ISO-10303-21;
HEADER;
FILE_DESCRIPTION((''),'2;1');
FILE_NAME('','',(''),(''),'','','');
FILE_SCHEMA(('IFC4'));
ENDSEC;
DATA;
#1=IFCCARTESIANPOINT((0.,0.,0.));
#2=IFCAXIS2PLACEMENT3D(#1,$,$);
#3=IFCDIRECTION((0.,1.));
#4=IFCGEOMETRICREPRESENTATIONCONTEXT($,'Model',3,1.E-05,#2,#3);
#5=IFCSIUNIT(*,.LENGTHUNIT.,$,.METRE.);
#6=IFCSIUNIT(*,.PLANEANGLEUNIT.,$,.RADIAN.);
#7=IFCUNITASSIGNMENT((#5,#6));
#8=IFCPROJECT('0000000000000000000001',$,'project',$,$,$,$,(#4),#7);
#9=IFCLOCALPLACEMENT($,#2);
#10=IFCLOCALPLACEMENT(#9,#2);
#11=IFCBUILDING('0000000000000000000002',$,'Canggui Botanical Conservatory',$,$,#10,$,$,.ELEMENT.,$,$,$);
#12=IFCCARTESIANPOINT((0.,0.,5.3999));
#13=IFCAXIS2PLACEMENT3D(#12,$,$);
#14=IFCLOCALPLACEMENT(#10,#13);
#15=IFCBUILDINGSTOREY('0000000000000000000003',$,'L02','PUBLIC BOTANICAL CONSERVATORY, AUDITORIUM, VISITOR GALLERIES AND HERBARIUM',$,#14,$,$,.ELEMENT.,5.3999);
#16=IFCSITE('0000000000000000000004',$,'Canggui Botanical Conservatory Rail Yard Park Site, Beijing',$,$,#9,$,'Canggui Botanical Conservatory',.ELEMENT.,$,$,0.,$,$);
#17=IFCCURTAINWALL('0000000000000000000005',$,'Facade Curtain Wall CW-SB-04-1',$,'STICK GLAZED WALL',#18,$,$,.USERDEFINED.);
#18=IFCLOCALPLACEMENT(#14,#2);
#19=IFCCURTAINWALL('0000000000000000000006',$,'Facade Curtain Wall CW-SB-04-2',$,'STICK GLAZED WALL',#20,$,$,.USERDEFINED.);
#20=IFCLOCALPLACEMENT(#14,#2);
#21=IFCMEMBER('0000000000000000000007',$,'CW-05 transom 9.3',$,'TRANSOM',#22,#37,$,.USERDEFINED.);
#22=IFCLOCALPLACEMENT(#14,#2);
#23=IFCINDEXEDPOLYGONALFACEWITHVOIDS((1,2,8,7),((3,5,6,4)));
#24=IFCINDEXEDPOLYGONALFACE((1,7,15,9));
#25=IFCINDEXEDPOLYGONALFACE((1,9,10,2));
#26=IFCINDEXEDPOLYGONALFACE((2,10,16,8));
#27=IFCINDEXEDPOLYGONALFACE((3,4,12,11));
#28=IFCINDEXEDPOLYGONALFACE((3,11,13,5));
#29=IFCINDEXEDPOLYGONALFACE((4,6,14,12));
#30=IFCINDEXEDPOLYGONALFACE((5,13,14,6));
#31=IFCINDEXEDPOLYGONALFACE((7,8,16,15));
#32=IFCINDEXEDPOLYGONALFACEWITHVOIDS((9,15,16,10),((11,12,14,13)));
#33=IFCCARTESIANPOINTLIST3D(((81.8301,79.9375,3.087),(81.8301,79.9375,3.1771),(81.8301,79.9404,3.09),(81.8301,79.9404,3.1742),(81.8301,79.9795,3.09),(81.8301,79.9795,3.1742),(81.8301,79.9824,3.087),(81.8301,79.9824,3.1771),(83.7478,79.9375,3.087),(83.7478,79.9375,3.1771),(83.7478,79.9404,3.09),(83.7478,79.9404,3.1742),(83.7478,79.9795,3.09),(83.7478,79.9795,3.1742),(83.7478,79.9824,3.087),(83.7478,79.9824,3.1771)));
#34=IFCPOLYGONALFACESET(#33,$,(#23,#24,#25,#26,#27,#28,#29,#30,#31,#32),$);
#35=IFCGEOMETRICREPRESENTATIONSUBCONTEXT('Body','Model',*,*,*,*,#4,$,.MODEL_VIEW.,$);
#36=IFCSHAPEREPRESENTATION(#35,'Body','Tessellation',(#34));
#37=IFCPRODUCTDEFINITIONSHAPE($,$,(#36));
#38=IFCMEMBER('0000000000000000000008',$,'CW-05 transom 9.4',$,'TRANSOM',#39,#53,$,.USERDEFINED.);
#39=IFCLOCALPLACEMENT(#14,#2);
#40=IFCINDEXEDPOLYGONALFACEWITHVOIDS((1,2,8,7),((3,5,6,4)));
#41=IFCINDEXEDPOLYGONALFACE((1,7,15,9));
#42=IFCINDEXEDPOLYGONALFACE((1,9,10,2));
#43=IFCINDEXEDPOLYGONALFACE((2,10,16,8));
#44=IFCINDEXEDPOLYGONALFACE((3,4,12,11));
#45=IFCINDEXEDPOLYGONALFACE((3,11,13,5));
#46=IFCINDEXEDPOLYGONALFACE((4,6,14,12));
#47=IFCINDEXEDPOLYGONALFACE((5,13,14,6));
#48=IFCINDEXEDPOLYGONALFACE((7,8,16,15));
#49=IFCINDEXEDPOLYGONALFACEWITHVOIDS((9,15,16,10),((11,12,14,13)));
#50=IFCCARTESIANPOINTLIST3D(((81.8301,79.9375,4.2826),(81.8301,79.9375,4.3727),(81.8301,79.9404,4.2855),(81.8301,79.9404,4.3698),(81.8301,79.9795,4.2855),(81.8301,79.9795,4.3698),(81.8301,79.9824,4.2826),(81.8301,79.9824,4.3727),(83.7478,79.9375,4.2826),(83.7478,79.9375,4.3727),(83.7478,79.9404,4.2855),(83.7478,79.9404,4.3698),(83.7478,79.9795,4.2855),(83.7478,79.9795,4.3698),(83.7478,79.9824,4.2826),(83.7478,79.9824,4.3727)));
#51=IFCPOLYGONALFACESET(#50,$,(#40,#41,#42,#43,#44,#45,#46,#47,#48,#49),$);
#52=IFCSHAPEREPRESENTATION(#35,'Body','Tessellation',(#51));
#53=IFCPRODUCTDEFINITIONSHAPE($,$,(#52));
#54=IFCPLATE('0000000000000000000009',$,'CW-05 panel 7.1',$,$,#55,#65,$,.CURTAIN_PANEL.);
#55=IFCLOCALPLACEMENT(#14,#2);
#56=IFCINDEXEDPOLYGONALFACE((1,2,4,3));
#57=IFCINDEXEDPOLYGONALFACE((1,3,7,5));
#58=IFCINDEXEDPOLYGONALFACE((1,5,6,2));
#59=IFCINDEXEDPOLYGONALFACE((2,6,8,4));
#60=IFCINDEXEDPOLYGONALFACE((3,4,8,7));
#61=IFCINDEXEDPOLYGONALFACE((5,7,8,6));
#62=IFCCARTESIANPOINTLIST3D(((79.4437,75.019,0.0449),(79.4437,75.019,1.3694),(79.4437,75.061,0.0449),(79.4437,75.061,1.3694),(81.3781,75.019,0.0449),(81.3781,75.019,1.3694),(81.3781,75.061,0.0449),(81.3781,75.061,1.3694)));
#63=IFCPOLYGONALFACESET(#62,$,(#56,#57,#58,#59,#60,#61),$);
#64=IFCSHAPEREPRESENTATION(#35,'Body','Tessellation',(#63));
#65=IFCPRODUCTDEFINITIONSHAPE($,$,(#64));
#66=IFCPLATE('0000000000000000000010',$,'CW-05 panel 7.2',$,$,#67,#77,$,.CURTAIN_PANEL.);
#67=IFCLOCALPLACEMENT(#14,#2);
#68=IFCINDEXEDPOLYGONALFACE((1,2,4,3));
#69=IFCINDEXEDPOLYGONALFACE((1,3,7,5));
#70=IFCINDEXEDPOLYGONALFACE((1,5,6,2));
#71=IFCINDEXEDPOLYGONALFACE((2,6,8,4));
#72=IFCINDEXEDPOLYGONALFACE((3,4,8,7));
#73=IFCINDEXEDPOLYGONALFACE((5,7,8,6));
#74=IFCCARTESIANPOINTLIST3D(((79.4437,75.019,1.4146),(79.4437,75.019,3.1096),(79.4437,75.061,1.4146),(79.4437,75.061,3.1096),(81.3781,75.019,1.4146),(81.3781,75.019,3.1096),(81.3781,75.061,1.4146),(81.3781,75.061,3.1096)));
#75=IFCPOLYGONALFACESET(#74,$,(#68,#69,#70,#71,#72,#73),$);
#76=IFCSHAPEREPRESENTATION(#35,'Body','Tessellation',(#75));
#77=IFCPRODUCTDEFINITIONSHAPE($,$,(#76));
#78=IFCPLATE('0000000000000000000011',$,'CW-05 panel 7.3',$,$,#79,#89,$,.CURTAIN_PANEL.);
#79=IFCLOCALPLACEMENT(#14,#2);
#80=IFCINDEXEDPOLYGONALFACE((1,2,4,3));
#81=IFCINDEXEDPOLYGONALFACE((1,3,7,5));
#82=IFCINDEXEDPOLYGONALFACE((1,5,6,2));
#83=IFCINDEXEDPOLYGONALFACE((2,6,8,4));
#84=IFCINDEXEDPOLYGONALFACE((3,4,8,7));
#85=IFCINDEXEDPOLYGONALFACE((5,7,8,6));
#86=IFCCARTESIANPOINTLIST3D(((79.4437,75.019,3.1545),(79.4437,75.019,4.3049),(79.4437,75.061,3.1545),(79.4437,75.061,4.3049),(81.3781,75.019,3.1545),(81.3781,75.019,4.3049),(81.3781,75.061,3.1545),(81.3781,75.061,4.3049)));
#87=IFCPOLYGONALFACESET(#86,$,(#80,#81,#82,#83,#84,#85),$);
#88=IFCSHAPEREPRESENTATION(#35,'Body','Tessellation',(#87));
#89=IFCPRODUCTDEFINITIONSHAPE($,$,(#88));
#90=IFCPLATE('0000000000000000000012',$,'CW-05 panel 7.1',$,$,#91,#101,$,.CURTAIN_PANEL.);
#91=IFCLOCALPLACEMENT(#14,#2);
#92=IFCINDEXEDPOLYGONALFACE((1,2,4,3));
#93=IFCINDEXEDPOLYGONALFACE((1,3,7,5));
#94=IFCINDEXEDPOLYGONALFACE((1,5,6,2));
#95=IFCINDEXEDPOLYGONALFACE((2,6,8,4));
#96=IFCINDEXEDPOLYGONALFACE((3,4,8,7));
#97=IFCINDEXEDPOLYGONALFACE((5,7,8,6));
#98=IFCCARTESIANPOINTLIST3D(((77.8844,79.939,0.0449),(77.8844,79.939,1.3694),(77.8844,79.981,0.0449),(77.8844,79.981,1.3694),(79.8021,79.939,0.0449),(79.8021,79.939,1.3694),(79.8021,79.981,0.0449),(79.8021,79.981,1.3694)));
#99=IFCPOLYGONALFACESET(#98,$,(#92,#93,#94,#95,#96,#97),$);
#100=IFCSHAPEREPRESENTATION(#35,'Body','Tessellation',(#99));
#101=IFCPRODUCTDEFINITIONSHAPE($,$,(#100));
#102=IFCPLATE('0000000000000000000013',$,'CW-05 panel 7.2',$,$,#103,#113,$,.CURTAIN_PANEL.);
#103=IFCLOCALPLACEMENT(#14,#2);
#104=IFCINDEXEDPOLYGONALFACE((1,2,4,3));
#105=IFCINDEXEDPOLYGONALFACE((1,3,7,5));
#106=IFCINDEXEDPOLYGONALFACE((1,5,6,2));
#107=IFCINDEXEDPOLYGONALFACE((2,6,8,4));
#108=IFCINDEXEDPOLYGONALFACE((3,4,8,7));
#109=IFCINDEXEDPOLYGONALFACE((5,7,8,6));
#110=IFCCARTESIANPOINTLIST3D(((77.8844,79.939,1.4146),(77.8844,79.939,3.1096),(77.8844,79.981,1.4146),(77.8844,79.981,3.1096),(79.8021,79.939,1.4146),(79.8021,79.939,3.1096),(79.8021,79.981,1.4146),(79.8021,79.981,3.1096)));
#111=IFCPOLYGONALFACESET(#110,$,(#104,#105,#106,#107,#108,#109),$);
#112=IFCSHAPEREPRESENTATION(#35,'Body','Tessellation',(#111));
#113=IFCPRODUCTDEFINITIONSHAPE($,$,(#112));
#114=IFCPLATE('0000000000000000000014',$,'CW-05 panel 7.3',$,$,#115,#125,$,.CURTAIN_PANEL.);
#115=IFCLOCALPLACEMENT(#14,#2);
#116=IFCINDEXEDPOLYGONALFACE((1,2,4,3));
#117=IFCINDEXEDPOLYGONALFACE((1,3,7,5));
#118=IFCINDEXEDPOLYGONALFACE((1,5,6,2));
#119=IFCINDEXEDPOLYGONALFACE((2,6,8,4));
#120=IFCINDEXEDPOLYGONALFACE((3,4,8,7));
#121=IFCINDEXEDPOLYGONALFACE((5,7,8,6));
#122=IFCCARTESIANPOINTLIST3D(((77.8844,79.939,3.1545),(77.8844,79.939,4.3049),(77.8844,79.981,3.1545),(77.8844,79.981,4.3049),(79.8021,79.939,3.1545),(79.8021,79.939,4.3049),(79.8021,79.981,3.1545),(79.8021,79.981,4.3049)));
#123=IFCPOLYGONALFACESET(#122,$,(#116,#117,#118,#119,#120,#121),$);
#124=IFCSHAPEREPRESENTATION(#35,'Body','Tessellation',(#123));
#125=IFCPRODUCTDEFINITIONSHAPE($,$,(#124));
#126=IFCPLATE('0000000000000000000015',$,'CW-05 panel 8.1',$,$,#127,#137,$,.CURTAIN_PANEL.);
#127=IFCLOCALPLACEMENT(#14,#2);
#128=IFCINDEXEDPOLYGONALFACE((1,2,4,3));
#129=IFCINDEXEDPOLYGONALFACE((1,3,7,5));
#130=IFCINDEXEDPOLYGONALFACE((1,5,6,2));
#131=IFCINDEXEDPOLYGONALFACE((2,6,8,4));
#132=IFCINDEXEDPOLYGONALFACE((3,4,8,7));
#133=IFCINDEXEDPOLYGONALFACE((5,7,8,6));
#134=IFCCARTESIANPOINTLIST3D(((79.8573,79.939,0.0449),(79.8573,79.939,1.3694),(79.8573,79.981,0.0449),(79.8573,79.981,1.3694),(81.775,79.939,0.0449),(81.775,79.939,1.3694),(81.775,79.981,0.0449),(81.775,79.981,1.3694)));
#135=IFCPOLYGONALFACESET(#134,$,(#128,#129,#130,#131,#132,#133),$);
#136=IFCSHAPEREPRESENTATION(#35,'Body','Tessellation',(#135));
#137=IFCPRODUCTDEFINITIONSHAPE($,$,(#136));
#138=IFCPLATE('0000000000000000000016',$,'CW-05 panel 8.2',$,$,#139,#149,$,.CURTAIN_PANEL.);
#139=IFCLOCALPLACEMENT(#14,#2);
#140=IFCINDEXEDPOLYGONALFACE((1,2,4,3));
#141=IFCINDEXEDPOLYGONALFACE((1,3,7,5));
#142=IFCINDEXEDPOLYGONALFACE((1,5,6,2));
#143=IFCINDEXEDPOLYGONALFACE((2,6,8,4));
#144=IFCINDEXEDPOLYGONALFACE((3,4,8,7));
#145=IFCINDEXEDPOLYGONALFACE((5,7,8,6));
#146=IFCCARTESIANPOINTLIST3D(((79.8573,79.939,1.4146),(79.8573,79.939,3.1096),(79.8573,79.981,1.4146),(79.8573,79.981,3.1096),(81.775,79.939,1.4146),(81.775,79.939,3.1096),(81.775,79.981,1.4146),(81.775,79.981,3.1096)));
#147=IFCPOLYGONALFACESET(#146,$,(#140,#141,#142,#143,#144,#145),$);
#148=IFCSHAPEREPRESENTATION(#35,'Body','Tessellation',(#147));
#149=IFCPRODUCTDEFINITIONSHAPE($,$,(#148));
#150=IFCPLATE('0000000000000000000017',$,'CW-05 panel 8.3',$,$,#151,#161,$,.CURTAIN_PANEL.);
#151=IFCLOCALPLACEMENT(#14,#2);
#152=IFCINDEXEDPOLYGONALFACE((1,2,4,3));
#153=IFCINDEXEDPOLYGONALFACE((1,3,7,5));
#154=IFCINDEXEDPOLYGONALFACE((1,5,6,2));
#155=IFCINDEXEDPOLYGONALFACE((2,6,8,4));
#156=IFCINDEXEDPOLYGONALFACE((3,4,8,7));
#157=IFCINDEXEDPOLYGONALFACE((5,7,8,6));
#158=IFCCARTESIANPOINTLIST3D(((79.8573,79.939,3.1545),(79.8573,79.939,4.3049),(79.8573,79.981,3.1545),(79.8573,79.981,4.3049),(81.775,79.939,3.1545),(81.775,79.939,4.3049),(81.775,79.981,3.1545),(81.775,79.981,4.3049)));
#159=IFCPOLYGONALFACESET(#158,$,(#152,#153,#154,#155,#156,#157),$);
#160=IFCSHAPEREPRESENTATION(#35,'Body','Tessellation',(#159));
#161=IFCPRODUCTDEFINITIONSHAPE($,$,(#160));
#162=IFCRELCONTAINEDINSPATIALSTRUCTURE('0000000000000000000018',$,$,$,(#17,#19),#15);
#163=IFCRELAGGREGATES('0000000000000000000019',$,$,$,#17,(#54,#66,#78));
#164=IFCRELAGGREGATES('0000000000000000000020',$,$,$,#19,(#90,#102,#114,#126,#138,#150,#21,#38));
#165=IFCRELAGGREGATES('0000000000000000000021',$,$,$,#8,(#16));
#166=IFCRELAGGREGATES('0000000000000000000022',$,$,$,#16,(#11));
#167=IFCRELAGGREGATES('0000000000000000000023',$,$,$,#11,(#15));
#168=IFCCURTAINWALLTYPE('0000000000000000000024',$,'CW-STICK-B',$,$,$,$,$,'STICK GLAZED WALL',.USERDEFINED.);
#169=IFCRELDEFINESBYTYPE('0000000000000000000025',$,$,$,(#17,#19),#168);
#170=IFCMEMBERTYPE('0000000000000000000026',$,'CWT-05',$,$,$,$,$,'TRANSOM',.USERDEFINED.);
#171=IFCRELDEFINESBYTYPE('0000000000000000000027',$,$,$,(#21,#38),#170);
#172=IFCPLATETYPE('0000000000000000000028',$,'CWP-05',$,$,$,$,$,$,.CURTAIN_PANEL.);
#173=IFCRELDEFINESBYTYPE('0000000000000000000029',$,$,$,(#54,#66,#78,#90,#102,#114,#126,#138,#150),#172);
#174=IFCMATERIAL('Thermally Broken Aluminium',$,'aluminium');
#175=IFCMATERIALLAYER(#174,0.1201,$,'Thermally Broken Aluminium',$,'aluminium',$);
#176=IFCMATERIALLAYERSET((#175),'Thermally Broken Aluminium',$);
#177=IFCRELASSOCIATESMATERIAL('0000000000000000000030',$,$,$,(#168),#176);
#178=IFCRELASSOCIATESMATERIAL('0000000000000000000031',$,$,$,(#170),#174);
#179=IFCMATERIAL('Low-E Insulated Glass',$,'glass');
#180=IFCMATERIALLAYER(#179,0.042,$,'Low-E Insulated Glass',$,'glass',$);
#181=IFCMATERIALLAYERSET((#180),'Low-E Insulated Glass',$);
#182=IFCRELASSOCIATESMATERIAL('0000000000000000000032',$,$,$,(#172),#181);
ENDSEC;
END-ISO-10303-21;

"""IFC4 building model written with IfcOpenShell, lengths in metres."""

from ifc_helpers import new_model, si_unit, direction, frame, origin, origin_2d, place, context, subcontext, project, spatial, rectangle, hollow_rectangle, extrude, material, layer, layer_set, material_profile, profile_set, type_object, element, aggregate, save


model = new_model("IFC4")

# Units and contexts
model_context = context("Model", 3, precision=1e-05, world=origin(), true_north=direction((0.0, 1.0)))
body_context = subcontext(model_context, "Body", "Model", "MODEL_VIEW")
ifc_project = project(units=[si_unit("LENGTHUNIT", "METRE"), si_unit("PLANEANGLEUNIT", "RADIAN")], contexts=[model_context])

# Site, building, storey
site_placement = place(None, origin())
site = spatial("IfcSite", under=ifc_project, at=site_placement, Name="Canggui Botanical Conservatory Rail Yard Park Site, Beijing", LongName="Canggui Botanical Conservatory", CompositionType="ELEMENT", RefElevation=0.0)
building_placement = place(site_placement, origin())
building = spatial("IfcBuilding", under=site, at=building_placement, Name="Canggui Botanical Conservatory", CompositionType="ELEMENT")
storey_placement = place(building_placement, frame((0.0, 0.0, 5.3999)))
storey = spatial("IfcBuildingStorey", under=building, at=storey_placement, Name="L02", Description="PUBLIC BOTANICAL CONSERVATORY, AUDITORIUM, VISITOR GALLERIES AND HERBARIUM", CompositionType="ELEMENT", Elevation=5.3999)

# Curtain walls
ifc_material_1 = material(Name="Thermally Broken Aluminium", Category="aluminium")
ifc_layer_1 = layer(ifc_material_1, 0.1201, Name="Thermally Broken Aluminium", Category="aluminium")
ifc_layer_set_1 = layer_set([ifc_layer_1], Name="Thermally Broken Aluminium")
curtain_wall_type = type_object("IfcCurtainWallType", Name="CW-STICK-B", ElementType="STICK GLAZED WALL", PredefinedType="USERDEFINED", material=ifc_layer_set_1)
curtain_wall_1_placement = place(storey_placement, origin())
curtain_wall_1 = element("IfcCurtainWall", 1, at=curtain_wall_1_placement, inside=storey, type_object=curtain_wall_type, Name="Facade Curtain Wall CW-SB-04-1", ObjectType="STICK GLAZED WALL", PredefinedType="USERDEFINED")
curtain_wall_2_placement = place(storey_placement, origin())
curtain_wall_2 = element("IfcCurtainWall", 2, at=curtain_wall_2_placement, inside=storey, type_object=curtain_wall_type, Name="Facade Curtain Wall CW-SB-04-2", ObjectType="STICK GLAZED WALL", PredefinedType="USERDEFINED")

# Members
ifc_material_profile_1 = material_profile(ifc_material_1, hollow_rectangle(XDim=0.0449, YDim=0.0901, WallThickness=0.0029, at=origin_2d()), Name="CWT 45x90x3")
ifc_profile_set_1 = profile_set([ifc_material_profile_1], Name="Thermally Broken Aluminium")
member_type_1 = type_object("IfcMemberType", Name="CWT-05", ElementType="TRANSOM", PredefinedType="USERDEFINED", material=ifc_profile_set_1)
member_1_placement = place(storey_placement, frame((81.8301, 79.96, 3.1321), z_axis=(1.0, 0.0, 0.0), x_axis=(0.0, 1.0, 0.0)))
member_1 = element("IfcMember", 3, at=member_1_placement, type_object=member_type_1, Name="CW-05 transom 9.3", ObjectType="TRANSOM", PredefinedType="USERDEFINED", context=body_context, shape_type="SweptSolid", body=[
    extrude(hollow_rectangle(XDim=0.0449, YDim=0.0901, WallThickness=0.0029, at=origin_2d()), origin(), (0.0, 0.0, 1.0), 1.9177),
])
member_2_placement = place(storey_placement, frame((81.8301, 79.96, 4.3276), z_axis=(1.0, 0.0, 0.0), x_axis=(0.0, 1.0, 0.0)))
member_2 = element("IfcMember", 4, at=member_2_placement, type_object=member_type_1, Name="CW-05 transom 9.4", ObjectType="TRANSOM", PredefinedType="USERDEFINED", context=body_context, shape_type="SweptSolid", body=[
    extrude(hollow_rectangle(XDim=0.0449, YDim=0.0901, WallThickness=0.0029, at=origin_2d()), origin(), (0.0, 0.0, 1.0), 1.9177),
])

# Plates
ifc_material_2 = material(Name="Low-E Insulated Glass", Category="glass")
ifc_layer_2 = layer(ifc_material_2, 0.042, Name="Low-E Insulated Glass", Category="glass")
ifc_layer_set_2 = layer_set([ifc_layer_2], Name="Low-E Insulated Glass")
plate_type = type_object("IfcPlateType", Name="CWP-05", PredefinedType="CURTAIN_PANEL", material=ifc_layer_set_2)
plate_1_placement = place(storey_placement, frame((80.4109, 75.04, 0.0449), z_axis=(0.0, 0.0, 1.0), x_axis=(1.0, 0.0, 0.0)))
plate_1 = element("IfcPlate", 5, at=plate_1_placement, type_object=plate_type, Name="CW-05 panel 7.1", PredefinedType="CURTAIN_PANEL", context=body_context, shape_type="SweptSolid", body=[
    extrude(rectangle(XDim=1.9343, YDim=0.042, at=origin_2d()), origin(), (0.0, 0.0, 1.0), 1.3245),
])
plate_2_placement = place(storey_placement, frame((80.4109, 75.04, 1.4146), z_axis=(0.0, 0.0, 1.0), x_axis=(1.0, 0.0, 0.0)))
plate_2 = element("IfcPlate", 6, at=plate_2_placement, type_object=plate_type, Name="CW-05 panel 7.2", PredefinedType="CURTAIN_PANEL", context=body_context, shape_type="SweptSolid", body=[
    extrude(rectangle(XDim=1.9343, YDim=0.042, at=origin_2d()), origin(), (0.0, 0.0, 1.0), 1.6951),
])
plate_3_placement = place(storey_placement, frame((80.4109, 75.04, 3.1545), z_axis=(0.0, 0.0, 1.0), x_axis=(1.0, 0.0, 0.0)))
plate_3 = element("IfcPlate", 7, at=plate_3_placement, type_object=plate_type, Name="CW-05 panel 7.3", PredefinedType="CURTAIN_PANEL", context=body_context, shape_type="SweptSolid", body=[
    extrude(rectangle(XDim=1.9343, YDim=0.042, at=origin_2d()), origin(), (0.0, 0.0, 1.0), 1.1504),
])
aggregate(curtain_wall_1, [plate_1, plate_2, plate_3])
plate_4_placement = place(storey_placement, frame((78.8433, 79.96, 0.0449), z_axis=(0.0, 0.0, 1.0), x_axis=(1.0, 0.0, 0.0)))
plate_4 = element("IfcPlate", 8, at=plate_4_placement, type_object=plate_type, Name="CW-05 panel 7.1", PredefinedType="CURTAIN_PANEL", context=body_context, shape_type="SweptSolid", body=[
    extrude(rectangle(XDim=1.9177, YDim=0.042, at=origin_2d()), origin(), (0.0, 0.0, 1.0), 1.3245),
])
plate_5_placement = place(storey_placement, frame((78.8433, 79.96, 1.4146), z_axis=(0.0, 0.0, 1.0), x_axis=(1.0, 0.0, 0.0)))
plate_5 = element("IfcPlate", 9, at=plate_5_placement, type_object=plate_type, Name="CW-05 panel 7.2", PredefinedType="CURTAIN_PANEL", context=body_context, shape_type="SweptSolid", body=[
    extrude(rectangle(XDim=1.9177, YDim=0.042, at=origin_2d()), origin(), (0.0, 0.0, 1.0), 1.6951),
])
plate_6_placement = place(storey_placement, frame((78.8433, 79.96, 3.1545), z_axis=(0.0, 0.0, 1.0), x_axis=(1.0, 0.0, 0.0)))
plate_6 = element("IfcPlate", 10, at=plate_6_placement, type_object=plate_type, Name="CW-05 panel 7.3", PredefinedType="CURTAIN_PANEL", context=body_context, shape_type="SweptSolid", body=[
    extrude(rectangle(XDim=1.9177, YDim=0.042, at=origin_2d()), origin(), (0.0, 0.0, 1.0), 1.1504),
])
plate_7_placement = place(storey_placement, frame((80.8162, 79.96, 0.0449), z_axis=(0.0, 0.0, 1.0), x_axis=(1.0, 0.0, 0.0)))
plate_7 = element("IfcPlate", 11, at=plate_7_placement, type_object=plate_type, Name="CW-05 panel 8.1", PredefinedType="CURTAIN_PANEL", context=body_context, shape_type="SweptSolid", body=[
    extrude(rectangle(XDim=1.9177, YDim=0.042, at=origin_2d()), origin(), (0.0, 0.0, 1.0), 1.3245),
])
plate_8_placement = place(storey_placement, frame((80.8162, 79.96, 1.4146), z_axis=(0.0, 0.0, 1.0), x_axis=(1.0, 0.0, 0.0)))
plate_8 = element("IfcPlate", 12, at=plate_8_placement, type_object=plate_type, Name="CW-05 panel 8.2", PredefinedType="CURTAIN_PANEL", context=body_context, shape_type="SweptSolid", body=[
    extrude(rectangle(XDim=1.9177, YDim=0.042, at=origin_2d()), origin(), (0.0, 0.0, 1.0), 1.6951),
])
plate_9_placement = place(storey_placement, frame((80.8162, 79.96, 3.1545), z_axis=(0.0, 0.0, 1.0), x_axis=(1.0, 0.0, 0.0)))
plate_9 = element("IfcPlate", 13, at=plate_9_placement, type_object=plate_type, Name="CW-05 panel 8.3", PredefinedType="CURTAIN_PANEL", context=body_context, shape_type="SweptSolid", body=[
    extrude(rectangle(XDim=1.9177, YDim=0.042, at=origin_2d()), origin(), (0.0, 0.0, 1.0), 1.1504),
])
aggregate(curtain_wall_2, [plate_4, plate_5, plate_6, plate_7, plate_8, plate_9, member_1, member_2])

save(model, "model.ifc")
